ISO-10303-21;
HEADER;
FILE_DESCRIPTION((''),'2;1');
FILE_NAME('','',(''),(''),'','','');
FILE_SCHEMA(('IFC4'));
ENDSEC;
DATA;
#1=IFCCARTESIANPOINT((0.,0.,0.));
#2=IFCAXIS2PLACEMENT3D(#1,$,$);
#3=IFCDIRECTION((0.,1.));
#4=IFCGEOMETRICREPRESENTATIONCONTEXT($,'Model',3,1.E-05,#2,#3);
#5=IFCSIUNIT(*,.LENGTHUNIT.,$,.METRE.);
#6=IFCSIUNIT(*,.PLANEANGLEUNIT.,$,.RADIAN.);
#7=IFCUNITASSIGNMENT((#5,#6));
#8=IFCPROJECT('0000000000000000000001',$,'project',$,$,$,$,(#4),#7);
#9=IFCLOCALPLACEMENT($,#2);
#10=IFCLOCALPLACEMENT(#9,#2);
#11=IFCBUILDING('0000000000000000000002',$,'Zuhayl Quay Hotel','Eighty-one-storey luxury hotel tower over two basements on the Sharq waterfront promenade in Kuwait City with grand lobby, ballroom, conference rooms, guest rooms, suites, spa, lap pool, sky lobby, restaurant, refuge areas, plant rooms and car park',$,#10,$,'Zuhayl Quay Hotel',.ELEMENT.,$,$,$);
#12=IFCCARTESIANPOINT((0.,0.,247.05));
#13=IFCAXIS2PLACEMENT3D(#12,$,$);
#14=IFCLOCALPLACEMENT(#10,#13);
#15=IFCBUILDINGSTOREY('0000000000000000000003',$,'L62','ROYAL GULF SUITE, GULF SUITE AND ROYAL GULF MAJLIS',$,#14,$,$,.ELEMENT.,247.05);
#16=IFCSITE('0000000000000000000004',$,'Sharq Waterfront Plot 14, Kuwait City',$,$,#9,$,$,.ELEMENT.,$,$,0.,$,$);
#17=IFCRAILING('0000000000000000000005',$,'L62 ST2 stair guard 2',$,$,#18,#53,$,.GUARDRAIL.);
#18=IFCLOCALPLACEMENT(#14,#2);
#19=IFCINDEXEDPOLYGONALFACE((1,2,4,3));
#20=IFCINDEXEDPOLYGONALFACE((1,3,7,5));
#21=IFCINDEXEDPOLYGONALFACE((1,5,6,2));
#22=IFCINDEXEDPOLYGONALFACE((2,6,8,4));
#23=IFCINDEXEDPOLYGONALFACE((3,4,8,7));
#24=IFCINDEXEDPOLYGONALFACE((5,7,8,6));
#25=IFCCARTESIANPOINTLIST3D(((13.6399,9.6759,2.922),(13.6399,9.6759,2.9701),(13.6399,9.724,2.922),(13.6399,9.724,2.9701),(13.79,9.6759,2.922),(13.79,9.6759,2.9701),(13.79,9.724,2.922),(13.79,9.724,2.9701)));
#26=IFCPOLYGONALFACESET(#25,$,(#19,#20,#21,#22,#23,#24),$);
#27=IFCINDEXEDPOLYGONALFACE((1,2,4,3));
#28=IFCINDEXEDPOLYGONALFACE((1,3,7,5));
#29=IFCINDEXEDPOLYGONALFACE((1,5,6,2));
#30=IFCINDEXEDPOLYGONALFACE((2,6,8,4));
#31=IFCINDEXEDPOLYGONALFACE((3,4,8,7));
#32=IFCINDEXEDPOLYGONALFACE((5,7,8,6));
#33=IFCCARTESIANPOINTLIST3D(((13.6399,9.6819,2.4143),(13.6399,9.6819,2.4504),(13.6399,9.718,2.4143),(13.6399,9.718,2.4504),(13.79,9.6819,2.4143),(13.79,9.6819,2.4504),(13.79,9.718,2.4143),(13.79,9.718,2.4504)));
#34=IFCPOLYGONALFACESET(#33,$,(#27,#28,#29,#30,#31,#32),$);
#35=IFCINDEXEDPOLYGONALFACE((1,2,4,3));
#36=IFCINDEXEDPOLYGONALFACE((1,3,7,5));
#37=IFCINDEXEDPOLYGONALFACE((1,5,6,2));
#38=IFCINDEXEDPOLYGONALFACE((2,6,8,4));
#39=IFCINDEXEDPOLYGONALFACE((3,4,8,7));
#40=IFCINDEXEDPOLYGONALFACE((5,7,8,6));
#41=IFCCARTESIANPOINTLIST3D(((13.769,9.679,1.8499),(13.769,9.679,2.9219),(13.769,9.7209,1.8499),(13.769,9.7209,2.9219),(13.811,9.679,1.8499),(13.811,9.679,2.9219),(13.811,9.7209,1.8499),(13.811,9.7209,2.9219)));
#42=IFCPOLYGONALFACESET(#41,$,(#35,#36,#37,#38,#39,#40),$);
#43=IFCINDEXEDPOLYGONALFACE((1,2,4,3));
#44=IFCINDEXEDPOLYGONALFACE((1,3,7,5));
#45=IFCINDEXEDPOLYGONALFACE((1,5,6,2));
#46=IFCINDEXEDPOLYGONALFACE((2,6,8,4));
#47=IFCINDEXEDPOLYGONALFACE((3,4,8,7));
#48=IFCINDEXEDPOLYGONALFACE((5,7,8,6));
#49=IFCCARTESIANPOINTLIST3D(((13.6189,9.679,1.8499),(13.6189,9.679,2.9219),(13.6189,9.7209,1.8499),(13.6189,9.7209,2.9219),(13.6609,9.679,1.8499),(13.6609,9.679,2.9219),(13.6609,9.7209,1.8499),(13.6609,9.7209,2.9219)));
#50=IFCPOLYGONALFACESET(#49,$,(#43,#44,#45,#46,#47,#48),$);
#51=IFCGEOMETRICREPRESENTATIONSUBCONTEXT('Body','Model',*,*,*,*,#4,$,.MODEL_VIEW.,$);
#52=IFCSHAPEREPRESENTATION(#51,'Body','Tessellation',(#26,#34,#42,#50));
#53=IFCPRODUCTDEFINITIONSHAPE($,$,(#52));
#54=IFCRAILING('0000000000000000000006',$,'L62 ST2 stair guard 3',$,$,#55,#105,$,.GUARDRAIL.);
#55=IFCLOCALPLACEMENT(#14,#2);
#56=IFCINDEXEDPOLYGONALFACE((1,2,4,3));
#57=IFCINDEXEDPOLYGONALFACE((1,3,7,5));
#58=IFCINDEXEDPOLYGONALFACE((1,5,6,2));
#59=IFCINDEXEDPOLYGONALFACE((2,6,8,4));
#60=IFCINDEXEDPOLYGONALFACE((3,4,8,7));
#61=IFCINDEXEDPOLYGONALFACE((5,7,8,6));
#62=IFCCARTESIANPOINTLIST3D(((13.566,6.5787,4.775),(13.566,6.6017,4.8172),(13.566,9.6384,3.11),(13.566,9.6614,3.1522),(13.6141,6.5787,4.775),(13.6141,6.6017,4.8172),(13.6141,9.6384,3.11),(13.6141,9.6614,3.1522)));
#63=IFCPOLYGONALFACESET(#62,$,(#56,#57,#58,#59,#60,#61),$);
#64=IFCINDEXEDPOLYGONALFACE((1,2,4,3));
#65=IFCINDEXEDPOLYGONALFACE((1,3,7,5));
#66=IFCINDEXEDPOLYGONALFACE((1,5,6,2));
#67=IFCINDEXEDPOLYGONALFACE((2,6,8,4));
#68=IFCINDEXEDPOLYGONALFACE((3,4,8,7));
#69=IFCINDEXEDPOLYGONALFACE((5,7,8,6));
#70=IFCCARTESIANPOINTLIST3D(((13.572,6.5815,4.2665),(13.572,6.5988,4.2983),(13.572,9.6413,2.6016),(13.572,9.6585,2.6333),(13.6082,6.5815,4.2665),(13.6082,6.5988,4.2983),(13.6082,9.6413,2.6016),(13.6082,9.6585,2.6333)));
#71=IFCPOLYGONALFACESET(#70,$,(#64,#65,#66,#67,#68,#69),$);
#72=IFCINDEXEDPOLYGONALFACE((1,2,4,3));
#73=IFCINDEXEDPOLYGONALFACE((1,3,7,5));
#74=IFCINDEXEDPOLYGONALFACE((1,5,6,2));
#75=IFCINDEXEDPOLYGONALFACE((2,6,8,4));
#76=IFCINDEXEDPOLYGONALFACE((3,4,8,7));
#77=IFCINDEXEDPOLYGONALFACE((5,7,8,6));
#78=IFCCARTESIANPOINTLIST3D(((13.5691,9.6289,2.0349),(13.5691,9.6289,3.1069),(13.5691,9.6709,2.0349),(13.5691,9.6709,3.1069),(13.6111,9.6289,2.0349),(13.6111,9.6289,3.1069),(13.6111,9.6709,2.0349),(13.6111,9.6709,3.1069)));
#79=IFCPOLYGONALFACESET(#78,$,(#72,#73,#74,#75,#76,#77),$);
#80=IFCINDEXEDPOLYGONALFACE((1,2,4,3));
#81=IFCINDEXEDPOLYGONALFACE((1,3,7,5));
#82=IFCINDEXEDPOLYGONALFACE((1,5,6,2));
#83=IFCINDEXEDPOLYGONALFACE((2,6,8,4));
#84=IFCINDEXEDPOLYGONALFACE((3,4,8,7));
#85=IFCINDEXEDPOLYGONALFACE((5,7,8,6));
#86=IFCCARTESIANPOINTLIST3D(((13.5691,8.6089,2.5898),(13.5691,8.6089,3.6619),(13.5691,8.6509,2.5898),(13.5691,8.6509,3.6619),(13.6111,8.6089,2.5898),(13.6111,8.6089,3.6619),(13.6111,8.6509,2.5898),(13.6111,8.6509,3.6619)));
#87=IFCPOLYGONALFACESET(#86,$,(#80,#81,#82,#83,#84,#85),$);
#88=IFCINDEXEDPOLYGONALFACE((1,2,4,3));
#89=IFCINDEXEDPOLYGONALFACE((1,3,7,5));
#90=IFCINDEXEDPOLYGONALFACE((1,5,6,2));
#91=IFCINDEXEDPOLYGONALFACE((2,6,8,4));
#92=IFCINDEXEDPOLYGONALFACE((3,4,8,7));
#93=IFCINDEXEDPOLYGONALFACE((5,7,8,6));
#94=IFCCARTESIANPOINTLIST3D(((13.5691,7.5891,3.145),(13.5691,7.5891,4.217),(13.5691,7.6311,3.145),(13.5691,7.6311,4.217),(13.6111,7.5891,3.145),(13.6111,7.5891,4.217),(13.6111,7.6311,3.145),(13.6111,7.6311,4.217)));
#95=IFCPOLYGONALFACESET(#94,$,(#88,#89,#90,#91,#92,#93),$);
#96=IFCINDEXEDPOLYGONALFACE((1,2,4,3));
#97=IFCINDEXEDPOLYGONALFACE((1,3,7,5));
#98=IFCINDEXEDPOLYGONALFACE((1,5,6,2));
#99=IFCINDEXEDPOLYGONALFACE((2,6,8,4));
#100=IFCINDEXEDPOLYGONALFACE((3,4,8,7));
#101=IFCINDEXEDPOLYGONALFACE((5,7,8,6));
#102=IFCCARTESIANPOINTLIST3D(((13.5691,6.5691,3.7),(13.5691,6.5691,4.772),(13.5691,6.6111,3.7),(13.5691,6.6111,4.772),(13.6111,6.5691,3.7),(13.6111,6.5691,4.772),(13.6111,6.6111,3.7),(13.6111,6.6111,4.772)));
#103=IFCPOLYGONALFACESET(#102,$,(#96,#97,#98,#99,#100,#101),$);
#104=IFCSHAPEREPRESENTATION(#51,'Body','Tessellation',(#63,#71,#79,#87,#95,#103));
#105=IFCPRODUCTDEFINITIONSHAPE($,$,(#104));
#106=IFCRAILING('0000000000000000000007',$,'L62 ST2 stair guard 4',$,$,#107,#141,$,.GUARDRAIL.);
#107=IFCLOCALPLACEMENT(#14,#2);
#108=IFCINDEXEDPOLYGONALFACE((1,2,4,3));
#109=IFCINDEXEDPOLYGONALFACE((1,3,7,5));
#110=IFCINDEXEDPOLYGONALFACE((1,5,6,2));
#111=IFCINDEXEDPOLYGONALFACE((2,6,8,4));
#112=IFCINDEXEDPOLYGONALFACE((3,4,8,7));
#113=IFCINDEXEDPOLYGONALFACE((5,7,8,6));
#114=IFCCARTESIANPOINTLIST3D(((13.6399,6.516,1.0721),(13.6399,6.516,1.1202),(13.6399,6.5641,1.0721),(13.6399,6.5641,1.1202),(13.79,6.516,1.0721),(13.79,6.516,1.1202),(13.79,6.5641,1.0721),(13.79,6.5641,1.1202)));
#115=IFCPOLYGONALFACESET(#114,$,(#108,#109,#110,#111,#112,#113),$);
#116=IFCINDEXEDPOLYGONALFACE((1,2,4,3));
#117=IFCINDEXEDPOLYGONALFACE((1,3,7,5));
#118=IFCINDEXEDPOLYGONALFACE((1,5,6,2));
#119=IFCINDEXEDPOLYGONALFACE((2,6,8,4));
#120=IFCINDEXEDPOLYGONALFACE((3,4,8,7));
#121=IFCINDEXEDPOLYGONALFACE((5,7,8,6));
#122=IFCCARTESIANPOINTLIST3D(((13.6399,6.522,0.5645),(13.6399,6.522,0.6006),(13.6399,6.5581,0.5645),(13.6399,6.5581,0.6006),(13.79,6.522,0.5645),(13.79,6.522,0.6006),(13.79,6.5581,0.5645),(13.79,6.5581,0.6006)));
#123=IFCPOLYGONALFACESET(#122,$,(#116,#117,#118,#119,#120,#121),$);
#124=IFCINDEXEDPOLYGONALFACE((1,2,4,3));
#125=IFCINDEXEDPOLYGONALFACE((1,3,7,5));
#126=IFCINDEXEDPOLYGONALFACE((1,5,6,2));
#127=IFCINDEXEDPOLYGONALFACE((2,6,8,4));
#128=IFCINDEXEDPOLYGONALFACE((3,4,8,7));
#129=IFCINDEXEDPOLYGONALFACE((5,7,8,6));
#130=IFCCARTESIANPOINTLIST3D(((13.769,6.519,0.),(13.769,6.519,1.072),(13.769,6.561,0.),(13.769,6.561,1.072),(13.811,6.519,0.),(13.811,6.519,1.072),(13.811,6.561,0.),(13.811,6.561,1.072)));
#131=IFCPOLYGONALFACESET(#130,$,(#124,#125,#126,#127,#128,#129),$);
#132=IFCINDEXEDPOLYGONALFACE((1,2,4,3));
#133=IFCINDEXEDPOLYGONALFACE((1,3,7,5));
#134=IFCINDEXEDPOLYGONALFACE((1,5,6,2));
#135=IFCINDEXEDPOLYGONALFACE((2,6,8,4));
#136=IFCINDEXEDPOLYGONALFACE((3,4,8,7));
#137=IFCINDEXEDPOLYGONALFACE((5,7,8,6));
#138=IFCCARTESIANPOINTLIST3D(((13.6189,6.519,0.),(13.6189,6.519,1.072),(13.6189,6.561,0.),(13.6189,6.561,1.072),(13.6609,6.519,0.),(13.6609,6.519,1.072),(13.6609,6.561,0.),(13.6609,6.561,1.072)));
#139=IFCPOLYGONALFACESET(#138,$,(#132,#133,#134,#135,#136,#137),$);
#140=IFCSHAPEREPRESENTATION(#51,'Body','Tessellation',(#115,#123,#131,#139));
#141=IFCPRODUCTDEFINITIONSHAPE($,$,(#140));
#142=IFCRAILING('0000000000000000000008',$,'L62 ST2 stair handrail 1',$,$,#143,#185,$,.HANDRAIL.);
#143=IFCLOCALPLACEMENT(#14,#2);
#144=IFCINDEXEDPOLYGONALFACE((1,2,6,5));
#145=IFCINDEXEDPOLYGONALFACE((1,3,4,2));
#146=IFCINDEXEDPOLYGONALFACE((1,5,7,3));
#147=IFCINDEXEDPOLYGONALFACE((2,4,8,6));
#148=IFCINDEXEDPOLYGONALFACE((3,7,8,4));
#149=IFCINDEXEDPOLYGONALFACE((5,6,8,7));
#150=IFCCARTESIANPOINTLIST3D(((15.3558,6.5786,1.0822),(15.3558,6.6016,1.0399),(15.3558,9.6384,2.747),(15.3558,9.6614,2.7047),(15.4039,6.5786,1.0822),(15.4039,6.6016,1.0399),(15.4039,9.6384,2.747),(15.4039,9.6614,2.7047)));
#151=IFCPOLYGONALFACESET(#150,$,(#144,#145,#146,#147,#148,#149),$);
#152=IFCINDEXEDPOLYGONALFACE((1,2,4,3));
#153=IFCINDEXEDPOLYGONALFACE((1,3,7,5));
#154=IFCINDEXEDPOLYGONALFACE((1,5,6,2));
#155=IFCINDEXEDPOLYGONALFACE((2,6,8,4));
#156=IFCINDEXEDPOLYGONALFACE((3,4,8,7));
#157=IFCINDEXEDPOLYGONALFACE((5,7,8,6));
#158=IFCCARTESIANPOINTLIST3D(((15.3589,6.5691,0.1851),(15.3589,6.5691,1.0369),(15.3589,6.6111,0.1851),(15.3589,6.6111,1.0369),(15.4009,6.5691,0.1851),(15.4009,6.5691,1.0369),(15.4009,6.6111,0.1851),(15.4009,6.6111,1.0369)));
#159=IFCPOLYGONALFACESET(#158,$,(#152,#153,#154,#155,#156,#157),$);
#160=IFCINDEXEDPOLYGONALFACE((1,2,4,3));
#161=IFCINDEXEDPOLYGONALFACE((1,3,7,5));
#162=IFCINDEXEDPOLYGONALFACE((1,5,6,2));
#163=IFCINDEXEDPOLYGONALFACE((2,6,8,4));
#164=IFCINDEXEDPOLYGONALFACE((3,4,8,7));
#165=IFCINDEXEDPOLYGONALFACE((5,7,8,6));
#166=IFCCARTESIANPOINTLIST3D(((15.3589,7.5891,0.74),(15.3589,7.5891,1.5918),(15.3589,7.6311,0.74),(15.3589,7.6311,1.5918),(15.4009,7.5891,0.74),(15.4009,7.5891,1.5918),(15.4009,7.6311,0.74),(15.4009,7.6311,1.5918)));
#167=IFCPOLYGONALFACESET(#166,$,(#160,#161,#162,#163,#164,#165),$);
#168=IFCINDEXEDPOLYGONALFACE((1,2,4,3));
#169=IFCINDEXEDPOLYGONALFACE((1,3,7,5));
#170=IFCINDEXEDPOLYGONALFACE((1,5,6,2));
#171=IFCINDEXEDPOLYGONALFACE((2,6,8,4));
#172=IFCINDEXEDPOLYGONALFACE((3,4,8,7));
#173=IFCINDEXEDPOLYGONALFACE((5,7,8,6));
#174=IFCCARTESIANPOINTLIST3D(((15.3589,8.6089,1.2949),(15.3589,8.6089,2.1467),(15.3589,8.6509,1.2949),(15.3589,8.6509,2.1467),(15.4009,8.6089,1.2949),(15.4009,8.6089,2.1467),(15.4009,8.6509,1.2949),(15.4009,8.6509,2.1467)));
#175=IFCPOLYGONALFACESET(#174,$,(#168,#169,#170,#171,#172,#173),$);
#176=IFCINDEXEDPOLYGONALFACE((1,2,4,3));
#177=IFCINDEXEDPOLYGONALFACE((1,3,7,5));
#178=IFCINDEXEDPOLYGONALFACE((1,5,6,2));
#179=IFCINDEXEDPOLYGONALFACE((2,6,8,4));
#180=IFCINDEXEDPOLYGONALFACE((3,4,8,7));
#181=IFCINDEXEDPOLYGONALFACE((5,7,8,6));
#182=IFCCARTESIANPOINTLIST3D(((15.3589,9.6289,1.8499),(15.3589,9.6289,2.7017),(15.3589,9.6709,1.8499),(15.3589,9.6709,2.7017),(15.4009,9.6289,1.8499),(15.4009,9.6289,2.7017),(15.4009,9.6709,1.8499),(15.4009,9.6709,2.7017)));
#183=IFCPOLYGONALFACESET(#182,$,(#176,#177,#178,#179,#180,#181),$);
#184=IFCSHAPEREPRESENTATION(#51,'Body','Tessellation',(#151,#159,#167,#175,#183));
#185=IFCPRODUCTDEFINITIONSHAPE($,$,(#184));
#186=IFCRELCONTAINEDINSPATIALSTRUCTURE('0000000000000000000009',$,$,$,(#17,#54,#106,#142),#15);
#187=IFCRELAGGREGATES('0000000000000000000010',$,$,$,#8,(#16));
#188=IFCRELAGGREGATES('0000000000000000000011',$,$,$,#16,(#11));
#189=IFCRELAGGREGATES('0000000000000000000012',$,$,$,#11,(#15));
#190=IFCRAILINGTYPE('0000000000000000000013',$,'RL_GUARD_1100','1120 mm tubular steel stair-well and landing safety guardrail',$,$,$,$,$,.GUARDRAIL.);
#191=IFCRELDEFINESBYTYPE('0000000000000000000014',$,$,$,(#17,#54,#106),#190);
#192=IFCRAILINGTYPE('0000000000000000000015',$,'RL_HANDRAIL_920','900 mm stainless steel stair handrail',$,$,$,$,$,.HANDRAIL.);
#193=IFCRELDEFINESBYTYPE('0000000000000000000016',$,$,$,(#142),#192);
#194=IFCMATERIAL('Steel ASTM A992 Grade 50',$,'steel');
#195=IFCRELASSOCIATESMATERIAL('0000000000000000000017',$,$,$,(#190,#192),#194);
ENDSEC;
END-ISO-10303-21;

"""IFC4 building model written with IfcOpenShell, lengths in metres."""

from ifc_helpers import new_model, si_unit, direction, frame, origin, origin_2d, place, context, subcontext, project, spatial, rectangle, extrude, material, type_object, element, save


model = new_model("IFC4")

# Units and contexts
model_context = context("Model", 3, precision=1e-05, world=origin(), true_north=direction((0.0, 1.0)))
body_context = subcontext(model_context, "Body", "Model", "MODEL_VIEW")
ifc_project = project(units=[si_unit("LENGTHUNIT", "METRE"), si_unit("PLANEANGLEUNIT", "RADIAN")], contexts=[model_context])

# Site, building, storey
site_placement = place(None, origin())
site = spatial("IfcSite", under=ifc_project, at=site_placement, Name="Sharq Waterfront Plot 14, Kuwait City", CompositionType="ELEMENT", RefElevation=0.0)
building_placement = place(site_placement, origin())
building = spatial("IfcBuilding", under=site, at=building_placement, Name="Zuhayl Quay Hotel", Description="Eighty-one-storey luxury hotel tower over two basements on the Sharq waterfront promenade in Kuwait City with grand lobby, ballroom, conference rooms, guest rooms, suites, spa, lap pool, sky lobby, restaurant, refuge areas, plant rooms and car park", LongName="Zuhayl Quay Hotel", CompositionType="ELEMENT")
storey_placement = place(building_placement, frame((0.0, 0.0, 247.05)))
storey = spatial("IfcBuildingStorey", under=building, at=storey_placement, Name="L62", Description="ROYAL GULF SUITE, GULF SUITE AND ROYAL GULF MAJLIS", CompositionType="ELEMENT", Elevation=247.05)

# Shared definitions
ifc_material_1 = material(Name="Steel ASTM A992 Grade 50", Category="steel")

# Railings
railing_type_1 = type_object("IfcRailingType", Name="RL_GUARD_1100", Description="1120 mm tubular steel stair-well and landing safety guardrail", PredefinedType="GUARDRAIL", material=ifc_material_1)
railing_1_placement = place(storey_placement, frame((13.79, 9.7, 1.8499)))
element("IfcRailing", 1, at=railing_1_placement, inside=storey, type_object=railing_type_1, Name="L62 ST2 stair guard 2", PredefinedType="GUARDRAIL", context=body_context, shape_type="SweptSolid", body=[
    extrude(rectangle(XDim=0.0481, YDim=0.0481, at=origin_2d()), frame((0.0, 0.0, 1.0962), z_axis=(-1.0, 0.0, 0.0), x_axis=(0.0, -1.0, 0.0)), (0.0, 0.0, 1.0), 0.1501),
    extrude(rectangle(XDim=0.0361, YDim=0.0361, at=origin_2d()), frame((0.0, 0.0, 0.5825), z_axis=(-1.0, 0.0, 0.0), x_axis=(0.0, -1.0, 0.0)), (0.0, 0.0, 1.0), 0.1501),
    extrude(rectangle(XDim=0.042, YDim=0.042, at=origin_2d()), origin(), (0.0, 0.0, 1.0), 1.072),
    extrude(rectangle(XDim=0.042, YDim=0.042, at=origin_2d()), frame((-0.1501, 0.0, 0.0)), (0.0, 0.0, 1.0), 1.072),
])
railing_2_placement = place(storey_placement, frame((13.5901, 9.6499, 2.0349)))
element("IfcRailing", 2, at=railing_2_placement, inside=storey, type_object=railing_type_1, Name="L62 ST2 stair guard 3", PredefinedType="GUARDRAIL", context=body_context, shape_type="SweptSolid", body=[
    extrude(rectangle(XDim=0.0481, YDim=0.0481, at=origin_2d()), frame((0.0, 0.0, 1.0962), z_axis=(0.0, -0.878372, 0.477978), x_axis=(1.0, 0.0, 0.0)), (0.0, 0.0, 1.0), 3.4834),
    extrude(rectangle(XDim=0.0361, YDim=0.0361, at=origin_2d()), frame((0.0, 0.0, 0.5825), z_axis=(0.0, -0.878372, 0.477978), x_axis=(1.0, 0.0, 0.0)), (0.0, 0.0, 1.0), 3.4834),
    extrude(rectangle(XDim=0.042, YDim=0.042, at=origin_2d()), origin(), (0.0, 0.0, 1.0), 1.072),
    extrude(rectangle(XDim=0.042, YDim=0.042, at=origin_2d()), frame((0.0, -1.02, 0.5549)), (0.0, 0.0, 1.0), 1.072),
    extrude(rectangle(XDim=0.042, YDim=0.042, at=origin_2d()), frame((0.0, -2.0398, 1.1101)), (0.0, 0.0, 1.0), 1.072),
    extrude(rectangle(XDim=0.042, YDim=0.042, at=origin_2d()), frame((0.0, -3.0598, 1.665)), (0.0, 0.0, 1.0), 1.072),
])
railing_3_placement = place(storey_placement, frame((13.79, 6.54, 0.0)))
element("IfcRailing", 3, at=railing_3_placement, inside=storey, type_object=railing_type_1, Name="L62 ST2 stair guard 4", PredefinedType="GUARDRAIL", context=body_context, shape_type="SweptSolid", body=[
    extrude(rectangle(XDim=0.0481, YDim=0.0481, at=origin_2d()), frame((0.0, 0.0, 1.0962), z_axis=(-1.0, 0.0, 0.0), x_axis=(0.0, -1.0, 0.0)), (0.0, 0.0, 1.0), 0.1501),
    extrude(rectangle(XDim=0.0361, YDim=0.0361, at=origin_2d()), frame((0.0, 0.0, 0.5825), z_axis=(-1.0, 0.0, 0.0), x_axis=(0.0, -1.0, 0.0)), (0.0, 0.0, 1.0), 0.1501),
    extrude(rectangle(XDim=0.042, YDim=0.042, at=origin_2d()), origin(), (0.0, 0.0, 1.0), 1.072),
    extrude(rectangle(XDim=0.042, YDim=0.042, at=origin_2d()), frame((-0.1501, 0.0, 0.0)), (0.0, 0.0, 1.0), 1.072),
])
railing_type_2 = type_object("IfcRailingType", Name="RL_HANDRAIL_920", Description="900 mm stainless steel stair handrail", PredefinedType="HANDRAIL", material=ifc_material_1)
railing_4_placement = place(storey_placement, frame((15.3799, 6.5901, 0.1851)))
element("IfcRailing", 4, at=railing_4_placement, inside=storey, type_object=railing_type_2, Name="L62 ST2 stair handrail 1", PredefinedType="HANDRAIL", context=body_context, shape_type="SweptSolid", body=[
    extrude(rectangle(XDim=0.0481, YDim=0.0481, at=origin_2d()), frame((0.0, 0.0, 0.876), z_axis=(0.0, 0.878401, 0.477924), x_axis=(-1.0, 0.0, 0.0)), (0.0, 0.0, 1.0), 3.4834),
    extrude(rectangle(XDim=0.042, YDim=0.042, at=origin_2d()), origin(), (0.0, 0.0, 1.0), 0.8518),
    extrude(rectangle(XDim=0.042, YDim=0.042, at=origin_2d()), frame((0.0, 1.02, 0.5549)), (0.0, 0.0, 1.0), 0.8518),
    extrude(rectangle(XDim=0.042, YDim=0.042, at=origin_2d()), frame((0.0, 2.0398, 1.1099)), (0.0, 0.0, 1.0), 0.8518),
    extrude(rectangle(XDim=0.042, YDim=0.042, at=origin_2d()), frame((0.0, 3.0598, 1.6648)), (0.0, 0.0, 1.0), 0.8518),
])

save(model, "model.ifc")
